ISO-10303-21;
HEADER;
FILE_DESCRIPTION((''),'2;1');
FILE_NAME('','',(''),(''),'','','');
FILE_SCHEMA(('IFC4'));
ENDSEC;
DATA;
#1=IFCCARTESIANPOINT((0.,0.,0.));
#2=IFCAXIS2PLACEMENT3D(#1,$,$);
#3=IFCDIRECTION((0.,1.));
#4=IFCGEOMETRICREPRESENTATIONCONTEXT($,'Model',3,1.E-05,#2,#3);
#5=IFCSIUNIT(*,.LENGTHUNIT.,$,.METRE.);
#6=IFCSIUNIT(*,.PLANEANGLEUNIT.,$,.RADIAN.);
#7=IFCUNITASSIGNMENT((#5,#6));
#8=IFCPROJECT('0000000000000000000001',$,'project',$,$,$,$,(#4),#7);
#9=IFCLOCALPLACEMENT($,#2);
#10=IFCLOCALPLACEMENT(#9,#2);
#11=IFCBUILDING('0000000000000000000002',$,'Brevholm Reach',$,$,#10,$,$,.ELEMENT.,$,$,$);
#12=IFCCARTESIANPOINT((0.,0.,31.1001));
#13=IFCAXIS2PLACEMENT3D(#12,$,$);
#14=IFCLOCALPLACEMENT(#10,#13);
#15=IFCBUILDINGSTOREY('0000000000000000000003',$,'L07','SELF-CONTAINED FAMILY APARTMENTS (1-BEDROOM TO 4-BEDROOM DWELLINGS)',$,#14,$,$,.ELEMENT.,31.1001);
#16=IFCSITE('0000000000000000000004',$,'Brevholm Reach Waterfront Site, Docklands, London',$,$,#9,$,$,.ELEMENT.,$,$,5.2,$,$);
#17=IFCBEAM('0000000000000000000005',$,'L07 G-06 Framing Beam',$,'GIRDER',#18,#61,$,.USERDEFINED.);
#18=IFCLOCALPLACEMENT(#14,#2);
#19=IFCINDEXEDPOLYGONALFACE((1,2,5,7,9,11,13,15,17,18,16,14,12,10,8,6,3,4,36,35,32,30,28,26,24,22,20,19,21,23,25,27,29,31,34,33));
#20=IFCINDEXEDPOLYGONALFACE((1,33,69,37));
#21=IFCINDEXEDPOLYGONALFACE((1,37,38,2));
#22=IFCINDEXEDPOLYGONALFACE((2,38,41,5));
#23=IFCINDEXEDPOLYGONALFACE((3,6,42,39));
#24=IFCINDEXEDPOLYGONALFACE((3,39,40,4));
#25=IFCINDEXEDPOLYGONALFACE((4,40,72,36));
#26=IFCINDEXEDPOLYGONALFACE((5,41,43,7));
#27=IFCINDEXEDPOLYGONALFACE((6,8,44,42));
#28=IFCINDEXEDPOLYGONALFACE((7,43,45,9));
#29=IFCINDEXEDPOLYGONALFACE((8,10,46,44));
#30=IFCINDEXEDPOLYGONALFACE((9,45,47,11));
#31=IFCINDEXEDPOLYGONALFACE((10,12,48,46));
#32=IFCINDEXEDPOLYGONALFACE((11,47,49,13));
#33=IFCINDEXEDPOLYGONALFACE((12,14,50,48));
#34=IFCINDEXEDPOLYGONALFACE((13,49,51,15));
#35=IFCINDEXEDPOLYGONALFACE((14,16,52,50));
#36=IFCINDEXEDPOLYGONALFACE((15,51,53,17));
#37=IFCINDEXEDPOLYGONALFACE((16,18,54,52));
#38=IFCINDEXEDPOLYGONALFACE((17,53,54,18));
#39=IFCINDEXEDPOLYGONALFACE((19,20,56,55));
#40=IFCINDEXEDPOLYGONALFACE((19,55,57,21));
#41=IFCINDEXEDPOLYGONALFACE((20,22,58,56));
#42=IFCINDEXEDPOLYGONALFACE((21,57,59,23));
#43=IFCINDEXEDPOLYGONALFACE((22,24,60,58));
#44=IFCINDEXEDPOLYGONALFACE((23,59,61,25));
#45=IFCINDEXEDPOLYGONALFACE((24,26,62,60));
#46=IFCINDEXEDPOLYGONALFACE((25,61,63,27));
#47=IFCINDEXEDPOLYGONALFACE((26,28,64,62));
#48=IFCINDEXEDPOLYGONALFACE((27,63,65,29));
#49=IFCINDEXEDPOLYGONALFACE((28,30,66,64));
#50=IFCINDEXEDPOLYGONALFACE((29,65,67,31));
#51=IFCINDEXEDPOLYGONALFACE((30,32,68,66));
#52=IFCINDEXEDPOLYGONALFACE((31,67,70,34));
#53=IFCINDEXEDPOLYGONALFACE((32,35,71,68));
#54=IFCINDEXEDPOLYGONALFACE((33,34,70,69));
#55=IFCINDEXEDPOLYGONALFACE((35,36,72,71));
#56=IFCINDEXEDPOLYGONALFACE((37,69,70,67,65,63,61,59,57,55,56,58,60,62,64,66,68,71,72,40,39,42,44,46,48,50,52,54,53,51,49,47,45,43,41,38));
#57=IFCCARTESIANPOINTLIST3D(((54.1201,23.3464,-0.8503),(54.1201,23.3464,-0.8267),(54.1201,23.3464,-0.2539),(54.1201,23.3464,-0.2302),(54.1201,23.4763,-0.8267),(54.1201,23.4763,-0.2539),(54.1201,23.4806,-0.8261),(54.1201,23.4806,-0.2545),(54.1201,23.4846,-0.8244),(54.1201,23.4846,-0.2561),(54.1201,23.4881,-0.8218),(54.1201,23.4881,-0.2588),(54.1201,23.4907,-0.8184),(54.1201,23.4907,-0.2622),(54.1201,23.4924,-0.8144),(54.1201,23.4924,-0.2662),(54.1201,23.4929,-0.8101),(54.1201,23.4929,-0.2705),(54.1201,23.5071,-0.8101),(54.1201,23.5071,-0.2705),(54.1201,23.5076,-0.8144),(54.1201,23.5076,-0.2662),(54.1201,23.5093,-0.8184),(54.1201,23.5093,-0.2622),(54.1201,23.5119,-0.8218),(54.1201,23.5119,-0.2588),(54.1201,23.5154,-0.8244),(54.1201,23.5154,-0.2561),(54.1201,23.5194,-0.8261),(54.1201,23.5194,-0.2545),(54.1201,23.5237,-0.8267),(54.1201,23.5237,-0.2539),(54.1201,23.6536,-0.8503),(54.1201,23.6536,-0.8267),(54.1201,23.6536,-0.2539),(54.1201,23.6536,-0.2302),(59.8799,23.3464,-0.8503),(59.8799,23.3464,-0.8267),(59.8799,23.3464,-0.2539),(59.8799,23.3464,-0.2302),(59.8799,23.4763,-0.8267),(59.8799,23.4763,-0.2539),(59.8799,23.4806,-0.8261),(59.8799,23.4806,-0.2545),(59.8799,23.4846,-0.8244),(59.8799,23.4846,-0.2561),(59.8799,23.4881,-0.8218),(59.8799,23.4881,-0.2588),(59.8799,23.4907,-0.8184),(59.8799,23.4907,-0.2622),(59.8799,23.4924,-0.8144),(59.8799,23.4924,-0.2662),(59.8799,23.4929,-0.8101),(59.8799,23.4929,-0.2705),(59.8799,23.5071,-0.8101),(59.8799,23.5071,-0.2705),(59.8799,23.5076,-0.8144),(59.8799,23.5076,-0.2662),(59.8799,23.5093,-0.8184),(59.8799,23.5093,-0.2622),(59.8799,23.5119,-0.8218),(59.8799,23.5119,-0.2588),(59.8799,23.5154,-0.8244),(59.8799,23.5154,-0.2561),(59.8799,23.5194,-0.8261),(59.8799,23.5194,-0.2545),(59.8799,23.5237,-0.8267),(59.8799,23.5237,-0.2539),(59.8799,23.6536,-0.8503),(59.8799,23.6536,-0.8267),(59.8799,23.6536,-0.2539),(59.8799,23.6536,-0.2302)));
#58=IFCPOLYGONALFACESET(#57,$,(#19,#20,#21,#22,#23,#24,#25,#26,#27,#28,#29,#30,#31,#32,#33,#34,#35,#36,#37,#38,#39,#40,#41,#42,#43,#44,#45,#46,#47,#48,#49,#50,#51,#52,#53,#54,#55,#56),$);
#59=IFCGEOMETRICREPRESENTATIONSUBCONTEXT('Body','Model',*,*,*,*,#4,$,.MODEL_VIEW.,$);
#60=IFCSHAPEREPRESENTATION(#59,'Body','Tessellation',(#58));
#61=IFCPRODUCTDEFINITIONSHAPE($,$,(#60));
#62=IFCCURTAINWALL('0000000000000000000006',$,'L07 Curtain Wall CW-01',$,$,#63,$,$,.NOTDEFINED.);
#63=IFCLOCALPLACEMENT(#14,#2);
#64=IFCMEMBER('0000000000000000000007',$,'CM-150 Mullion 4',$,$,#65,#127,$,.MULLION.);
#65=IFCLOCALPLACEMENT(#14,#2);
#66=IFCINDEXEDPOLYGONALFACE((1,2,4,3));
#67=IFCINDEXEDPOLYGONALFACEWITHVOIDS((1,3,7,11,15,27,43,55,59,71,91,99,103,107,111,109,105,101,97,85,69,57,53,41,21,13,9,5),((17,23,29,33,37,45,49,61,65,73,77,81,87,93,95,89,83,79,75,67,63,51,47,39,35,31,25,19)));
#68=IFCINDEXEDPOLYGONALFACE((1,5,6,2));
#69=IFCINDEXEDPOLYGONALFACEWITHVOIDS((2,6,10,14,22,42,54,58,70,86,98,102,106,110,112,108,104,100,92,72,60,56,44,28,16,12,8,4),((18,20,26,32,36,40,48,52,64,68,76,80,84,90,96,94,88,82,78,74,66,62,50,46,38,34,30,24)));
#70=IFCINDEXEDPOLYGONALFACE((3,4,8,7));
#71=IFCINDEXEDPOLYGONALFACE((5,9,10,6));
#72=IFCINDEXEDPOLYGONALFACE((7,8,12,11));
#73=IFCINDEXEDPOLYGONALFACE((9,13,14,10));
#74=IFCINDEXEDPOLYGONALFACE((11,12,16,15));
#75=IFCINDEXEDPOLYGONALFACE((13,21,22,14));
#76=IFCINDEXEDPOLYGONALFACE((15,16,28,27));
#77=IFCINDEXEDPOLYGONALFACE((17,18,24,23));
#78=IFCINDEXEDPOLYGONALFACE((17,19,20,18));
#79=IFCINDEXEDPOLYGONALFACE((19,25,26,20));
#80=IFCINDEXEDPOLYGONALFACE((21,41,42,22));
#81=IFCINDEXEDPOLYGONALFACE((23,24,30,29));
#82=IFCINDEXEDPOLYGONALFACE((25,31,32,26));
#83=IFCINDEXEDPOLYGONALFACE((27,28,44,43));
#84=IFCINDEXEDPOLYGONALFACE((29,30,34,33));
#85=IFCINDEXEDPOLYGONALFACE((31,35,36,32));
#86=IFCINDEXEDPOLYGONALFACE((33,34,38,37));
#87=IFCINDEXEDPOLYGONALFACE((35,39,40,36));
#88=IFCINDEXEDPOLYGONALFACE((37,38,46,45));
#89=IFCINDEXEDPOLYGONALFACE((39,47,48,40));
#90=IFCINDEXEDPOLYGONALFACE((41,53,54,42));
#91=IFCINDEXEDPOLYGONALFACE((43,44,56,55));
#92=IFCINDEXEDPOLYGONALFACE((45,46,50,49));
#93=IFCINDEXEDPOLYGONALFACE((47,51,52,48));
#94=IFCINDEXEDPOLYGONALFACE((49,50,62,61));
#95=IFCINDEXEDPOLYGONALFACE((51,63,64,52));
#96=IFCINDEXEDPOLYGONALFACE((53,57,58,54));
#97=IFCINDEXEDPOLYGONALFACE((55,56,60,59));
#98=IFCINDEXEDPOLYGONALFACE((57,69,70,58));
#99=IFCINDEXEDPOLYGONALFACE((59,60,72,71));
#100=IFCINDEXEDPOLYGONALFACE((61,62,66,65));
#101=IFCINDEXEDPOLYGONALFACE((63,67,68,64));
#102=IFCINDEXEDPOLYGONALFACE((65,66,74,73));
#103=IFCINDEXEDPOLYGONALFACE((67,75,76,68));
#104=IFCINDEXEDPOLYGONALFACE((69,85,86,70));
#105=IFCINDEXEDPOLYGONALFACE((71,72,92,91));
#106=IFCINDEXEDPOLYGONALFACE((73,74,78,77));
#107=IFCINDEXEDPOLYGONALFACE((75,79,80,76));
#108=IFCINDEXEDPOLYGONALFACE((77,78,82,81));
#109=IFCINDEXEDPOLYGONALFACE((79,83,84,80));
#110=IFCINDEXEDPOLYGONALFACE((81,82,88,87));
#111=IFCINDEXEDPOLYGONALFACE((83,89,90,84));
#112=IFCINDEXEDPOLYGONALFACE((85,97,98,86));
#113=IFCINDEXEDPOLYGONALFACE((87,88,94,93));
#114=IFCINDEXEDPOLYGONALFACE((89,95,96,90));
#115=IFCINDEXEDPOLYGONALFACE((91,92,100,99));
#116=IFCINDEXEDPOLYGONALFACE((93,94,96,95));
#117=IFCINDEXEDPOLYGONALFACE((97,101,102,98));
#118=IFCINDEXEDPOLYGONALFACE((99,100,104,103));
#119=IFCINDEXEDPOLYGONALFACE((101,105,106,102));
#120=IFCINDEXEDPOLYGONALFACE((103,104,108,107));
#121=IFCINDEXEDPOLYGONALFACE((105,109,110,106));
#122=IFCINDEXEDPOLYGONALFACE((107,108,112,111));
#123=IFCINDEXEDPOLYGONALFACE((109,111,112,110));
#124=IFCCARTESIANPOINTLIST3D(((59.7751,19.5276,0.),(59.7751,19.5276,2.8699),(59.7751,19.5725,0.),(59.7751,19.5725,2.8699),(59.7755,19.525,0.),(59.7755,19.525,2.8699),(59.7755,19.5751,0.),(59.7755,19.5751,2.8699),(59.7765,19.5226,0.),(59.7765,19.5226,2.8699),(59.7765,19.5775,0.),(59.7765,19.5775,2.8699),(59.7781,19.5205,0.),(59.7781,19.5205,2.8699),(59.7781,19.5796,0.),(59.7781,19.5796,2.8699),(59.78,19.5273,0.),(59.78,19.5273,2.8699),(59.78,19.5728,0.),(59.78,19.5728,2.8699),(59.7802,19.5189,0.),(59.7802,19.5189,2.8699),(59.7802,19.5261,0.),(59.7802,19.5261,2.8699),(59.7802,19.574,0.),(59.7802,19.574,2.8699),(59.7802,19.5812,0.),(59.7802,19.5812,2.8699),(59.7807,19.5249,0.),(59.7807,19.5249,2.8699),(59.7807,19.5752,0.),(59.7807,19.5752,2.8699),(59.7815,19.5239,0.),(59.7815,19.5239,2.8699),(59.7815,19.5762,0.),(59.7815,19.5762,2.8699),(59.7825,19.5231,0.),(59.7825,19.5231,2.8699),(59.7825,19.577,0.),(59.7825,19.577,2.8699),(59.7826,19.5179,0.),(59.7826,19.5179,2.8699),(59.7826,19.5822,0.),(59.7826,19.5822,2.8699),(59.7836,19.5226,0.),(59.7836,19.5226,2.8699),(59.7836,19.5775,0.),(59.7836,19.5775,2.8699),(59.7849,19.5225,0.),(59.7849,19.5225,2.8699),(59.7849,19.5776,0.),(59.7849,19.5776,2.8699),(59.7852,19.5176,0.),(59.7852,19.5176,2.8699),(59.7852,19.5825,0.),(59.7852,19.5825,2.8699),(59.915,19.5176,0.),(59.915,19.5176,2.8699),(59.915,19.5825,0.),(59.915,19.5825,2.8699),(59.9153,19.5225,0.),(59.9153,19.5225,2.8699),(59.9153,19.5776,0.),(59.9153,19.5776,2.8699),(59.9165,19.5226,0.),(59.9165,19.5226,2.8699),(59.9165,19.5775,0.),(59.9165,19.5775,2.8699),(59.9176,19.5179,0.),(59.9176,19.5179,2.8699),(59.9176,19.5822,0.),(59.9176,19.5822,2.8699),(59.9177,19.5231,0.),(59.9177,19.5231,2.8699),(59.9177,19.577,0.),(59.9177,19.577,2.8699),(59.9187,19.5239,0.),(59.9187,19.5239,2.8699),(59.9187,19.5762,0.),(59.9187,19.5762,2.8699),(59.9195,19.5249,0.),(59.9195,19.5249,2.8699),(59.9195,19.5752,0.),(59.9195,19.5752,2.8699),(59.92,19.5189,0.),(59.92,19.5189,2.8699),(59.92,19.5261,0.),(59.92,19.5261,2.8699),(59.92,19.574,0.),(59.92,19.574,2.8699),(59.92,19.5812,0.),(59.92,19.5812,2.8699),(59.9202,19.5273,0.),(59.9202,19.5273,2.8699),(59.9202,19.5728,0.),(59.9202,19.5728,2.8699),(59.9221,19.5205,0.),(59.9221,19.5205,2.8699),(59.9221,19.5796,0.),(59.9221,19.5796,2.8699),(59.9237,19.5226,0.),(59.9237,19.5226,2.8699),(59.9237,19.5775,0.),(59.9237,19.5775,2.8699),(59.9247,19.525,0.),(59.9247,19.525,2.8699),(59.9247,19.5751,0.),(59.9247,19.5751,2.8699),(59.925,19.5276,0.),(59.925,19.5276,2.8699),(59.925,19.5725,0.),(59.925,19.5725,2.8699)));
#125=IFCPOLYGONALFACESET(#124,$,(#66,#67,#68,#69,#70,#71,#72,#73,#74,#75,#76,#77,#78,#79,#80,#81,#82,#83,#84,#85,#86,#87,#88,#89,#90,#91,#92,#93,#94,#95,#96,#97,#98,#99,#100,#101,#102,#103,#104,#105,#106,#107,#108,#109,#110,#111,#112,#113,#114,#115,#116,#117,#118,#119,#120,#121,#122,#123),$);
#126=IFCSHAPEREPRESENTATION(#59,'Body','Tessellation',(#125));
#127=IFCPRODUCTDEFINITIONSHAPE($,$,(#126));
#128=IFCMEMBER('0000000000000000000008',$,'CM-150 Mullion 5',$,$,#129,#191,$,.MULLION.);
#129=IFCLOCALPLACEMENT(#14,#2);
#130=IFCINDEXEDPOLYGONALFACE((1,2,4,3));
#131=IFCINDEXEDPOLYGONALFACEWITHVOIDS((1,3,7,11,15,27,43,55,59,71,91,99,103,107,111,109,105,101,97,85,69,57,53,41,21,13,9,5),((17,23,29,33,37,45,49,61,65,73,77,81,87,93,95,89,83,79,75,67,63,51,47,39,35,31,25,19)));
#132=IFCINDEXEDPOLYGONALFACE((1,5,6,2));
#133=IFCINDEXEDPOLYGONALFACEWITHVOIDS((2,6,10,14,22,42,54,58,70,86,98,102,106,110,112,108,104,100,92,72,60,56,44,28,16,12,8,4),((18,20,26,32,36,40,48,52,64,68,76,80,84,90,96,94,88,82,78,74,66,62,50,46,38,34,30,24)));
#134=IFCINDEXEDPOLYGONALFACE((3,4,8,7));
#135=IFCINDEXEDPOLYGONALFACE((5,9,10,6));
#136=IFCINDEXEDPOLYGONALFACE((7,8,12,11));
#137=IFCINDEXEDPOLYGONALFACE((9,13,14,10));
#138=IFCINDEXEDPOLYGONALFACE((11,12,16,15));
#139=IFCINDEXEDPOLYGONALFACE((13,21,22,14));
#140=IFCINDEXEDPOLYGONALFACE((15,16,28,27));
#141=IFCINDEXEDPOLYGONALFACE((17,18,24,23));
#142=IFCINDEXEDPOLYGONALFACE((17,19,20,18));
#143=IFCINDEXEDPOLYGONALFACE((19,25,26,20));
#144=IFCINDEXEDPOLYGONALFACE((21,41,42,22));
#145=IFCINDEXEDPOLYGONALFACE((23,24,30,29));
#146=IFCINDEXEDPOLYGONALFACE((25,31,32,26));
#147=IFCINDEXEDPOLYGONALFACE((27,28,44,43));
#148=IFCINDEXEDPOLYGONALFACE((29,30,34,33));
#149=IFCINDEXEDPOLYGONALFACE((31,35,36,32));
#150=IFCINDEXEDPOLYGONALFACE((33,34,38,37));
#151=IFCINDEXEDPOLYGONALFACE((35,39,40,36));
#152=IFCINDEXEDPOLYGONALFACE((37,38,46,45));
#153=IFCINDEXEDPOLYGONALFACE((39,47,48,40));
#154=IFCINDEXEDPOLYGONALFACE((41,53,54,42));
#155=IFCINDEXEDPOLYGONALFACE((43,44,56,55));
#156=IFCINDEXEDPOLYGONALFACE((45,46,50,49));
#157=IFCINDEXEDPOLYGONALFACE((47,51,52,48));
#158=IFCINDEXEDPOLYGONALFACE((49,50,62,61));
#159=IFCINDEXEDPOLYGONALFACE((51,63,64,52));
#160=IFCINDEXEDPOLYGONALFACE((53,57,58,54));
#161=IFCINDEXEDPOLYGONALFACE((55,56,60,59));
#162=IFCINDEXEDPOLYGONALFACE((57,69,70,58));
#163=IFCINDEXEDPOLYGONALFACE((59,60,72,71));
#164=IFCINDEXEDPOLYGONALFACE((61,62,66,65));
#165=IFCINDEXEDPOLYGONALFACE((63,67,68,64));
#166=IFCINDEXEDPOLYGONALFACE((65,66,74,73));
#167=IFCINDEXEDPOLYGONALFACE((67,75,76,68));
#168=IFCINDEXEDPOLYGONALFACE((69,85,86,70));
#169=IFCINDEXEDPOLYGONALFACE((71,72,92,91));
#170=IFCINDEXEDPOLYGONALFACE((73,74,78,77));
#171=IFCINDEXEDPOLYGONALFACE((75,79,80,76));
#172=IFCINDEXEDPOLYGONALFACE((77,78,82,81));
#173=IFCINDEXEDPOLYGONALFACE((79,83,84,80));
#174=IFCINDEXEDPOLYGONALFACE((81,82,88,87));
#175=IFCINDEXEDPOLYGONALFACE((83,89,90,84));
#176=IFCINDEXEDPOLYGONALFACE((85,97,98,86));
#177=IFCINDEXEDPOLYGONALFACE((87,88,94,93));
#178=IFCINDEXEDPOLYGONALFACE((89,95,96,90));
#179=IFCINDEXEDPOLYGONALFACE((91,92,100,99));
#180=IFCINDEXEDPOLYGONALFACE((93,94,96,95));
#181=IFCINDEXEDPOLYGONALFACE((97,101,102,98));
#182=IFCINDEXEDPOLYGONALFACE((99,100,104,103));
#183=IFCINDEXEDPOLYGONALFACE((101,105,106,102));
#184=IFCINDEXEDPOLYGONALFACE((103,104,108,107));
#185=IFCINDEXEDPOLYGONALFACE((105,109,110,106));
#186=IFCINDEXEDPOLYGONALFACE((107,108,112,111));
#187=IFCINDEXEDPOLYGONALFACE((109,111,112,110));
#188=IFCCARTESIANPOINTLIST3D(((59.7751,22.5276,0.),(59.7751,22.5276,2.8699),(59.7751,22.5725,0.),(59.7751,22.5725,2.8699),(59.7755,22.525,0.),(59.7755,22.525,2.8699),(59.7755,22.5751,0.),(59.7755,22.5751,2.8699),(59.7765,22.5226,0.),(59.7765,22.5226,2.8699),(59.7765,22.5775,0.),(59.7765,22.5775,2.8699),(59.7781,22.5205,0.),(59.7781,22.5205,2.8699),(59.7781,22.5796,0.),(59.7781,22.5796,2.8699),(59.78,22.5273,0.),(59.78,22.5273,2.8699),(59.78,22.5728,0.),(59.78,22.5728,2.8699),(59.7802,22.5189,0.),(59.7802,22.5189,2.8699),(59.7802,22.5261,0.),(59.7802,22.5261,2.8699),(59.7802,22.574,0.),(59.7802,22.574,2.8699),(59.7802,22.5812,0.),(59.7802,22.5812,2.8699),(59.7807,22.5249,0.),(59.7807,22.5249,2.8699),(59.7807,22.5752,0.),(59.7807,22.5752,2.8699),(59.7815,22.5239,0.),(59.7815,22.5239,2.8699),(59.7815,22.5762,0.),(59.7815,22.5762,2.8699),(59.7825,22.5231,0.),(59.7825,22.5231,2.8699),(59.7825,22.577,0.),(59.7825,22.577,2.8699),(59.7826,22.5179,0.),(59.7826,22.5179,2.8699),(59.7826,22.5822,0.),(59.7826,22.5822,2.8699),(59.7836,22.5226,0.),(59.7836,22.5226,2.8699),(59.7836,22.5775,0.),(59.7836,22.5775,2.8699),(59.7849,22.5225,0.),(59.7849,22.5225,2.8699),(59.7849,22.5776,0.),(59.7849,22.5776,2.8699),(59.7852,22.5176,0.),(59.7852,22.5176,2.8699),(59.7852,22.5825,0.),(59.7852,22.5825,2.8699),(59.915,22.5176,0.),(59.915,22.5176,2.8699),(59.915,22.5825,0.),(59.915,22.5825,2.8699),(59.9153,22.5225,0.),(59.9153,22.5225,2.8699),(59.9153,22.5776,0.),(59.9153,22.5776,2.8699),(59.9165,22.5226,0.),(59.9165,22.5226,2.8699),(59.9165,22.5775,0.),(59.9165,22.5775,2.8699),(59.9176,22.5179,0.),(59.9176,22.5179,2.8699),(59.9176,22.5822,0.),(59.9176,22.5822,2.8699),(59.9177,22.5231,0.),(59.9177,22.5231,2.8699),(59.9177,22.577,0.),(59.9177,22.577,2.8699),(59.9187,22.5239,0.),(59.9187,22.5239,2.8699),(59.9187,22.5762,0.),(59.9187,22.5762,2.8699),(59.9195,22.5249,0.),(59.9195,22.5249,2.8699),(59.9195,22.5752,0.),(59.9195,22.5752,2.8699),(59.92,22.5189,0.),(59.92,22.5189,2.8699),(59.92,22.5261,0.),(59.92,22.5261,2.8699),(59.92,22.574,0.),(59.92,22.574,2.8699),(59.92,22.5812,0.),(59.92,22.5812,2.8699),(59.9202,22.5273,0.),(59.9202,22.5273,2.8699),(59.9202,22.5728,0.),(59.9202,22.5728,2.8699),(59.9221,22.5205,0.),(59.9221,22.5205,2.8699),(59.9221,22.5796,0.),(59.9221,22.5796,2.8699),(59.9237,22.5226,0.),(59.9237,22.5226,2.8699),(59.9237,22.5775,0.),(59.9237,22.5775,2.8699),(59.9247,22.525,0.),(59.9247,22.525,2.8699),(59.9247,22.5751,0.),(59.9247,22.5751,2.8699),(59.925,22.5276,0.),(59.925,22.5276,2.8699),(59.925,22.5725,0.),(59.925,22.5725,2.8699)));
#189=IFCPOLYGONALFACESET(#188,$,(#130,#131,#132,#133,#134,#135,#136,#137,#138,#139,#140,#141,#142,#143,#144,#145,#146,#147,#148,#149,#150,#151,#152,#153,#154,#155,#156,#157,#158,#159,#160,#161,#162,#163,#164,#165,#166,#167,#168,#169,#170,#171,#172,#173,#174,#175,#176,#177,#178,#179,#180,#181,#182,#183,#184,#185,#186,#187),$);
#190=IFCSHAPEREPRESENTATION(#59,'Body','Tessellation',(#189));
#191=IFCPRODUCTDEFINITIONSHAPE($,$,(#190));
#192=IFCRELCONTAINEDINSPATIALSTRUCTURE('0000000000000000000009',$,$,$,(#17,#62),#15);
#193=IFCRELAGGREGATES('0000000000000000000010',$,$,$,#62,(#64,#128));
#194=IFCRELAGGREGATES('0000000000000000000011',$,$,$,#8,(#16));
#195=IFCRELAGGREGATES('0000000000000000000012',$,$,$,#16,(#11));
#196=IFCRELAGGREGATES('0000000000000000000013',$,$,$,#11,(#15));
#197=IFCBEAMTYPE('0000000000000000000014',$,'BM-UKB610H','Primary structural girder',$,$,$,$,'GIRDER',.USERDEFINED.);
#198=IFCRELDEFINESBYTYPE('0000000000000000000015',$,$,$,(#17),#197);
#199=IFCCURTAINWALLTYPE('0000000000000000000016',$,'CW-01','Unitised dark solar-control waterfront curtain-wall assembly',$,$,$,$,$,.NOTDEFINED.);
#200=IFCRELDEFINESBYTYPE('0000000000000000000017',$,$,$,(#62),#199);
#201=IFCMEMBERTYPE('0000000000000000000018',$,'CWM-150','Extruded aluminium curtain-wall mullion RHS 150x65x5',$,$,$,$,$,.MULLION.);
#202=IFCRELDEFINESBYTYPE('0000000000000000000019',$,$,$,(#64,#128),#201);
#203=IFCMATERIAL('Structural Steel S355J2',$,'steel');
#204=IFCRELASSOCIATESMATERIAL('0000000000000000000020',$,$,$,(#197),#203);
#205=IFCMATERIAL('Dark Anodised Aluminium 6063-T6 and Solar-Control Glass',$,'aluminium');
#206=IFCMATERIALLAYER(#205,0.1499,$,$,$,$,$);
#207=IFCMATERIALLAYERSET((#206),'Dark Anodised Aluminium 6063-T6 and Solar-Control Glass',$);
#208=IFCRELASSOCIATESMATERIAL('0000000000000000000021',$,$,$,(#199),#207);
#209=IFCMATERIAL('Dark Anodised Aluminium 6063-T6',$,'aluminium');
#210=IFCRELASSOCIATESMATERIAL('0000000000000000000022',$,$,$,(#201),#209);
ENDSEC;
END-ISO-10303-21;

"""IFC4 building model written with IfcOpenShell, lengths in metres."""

from ifc_helpers import new_model, si_unit, direction, frame, origin, origin_2d, place, context, subcontext, project, spatial, hollow_rectangle, i_section, extrude, material, layer, layer_set, material_profile, profile_set, type_object, element, aggregate, save


model = new_model("IFC4")

# Units and contexts
model_context = context("Model", 3, precision=1e-05, world=origin(), true_north=direction((0.0, 1.0)))
body_context = subcontext(model_context, "Body", "Model", "MODEL_VIEW")
ifc_project = project(units=[si_unit("LENGTHUNIT", "METRE"), si_unit("PLANEANGLEUNIT", "RADIAN")], contexts=[model_context])

# Site, building, storey
site_placement = place(None, origin())
site = spatial("IfcSite", under=ifc_project, at=site_placement, Name="Brevholm Reach Waterfront Site, Docklands, London", CompositionType="ELEMENT", RefElevation=5.2)
building_placement = place(site_placement, origin())
building = spatial("IfcBuilding", under=site, at=building_placement, Name="Brevholm Reach", CompositionType="ELEMENT")
storey_placement = place(building_placement, frame((0.0, 0.0, 31.1001)))
storey = spatial("IfcBuildingStorey", under=building, at=storey_placement, Name="L07", Description="SELF-CONTAINED FAMILY APARTMENTS (1-BEDROOM TO 4-BEDROOM DWELLINGS)", CompositionType="ELEMENT", Elevation=31.1001)

# Beam
ifc_material_1 = material(Name="Structural Steel S355J2", Category="steel")
ifc_material_profile_1 = material_profile(ifc_material_1, i_section(OverallWidth=0.3071, OverallDepth=0.6201, WebThickness=0.0142, FlangeThickness=0.0237, FilletRadius=0.0166, at=origin_2d()), Name="UKB 610x305x179")
ifc_profile_set_1 = profile_set([ifc_material_profile_1], Name="Structural Steel S355J2")
beam_type_1 = type_object("IfcBeamType", Name="BM-UKB610H", Description="Primary structural girder", ElementType="GIRDER", PredefinedType="USERDEFINED", material=ifc_profile_set_1)
beam_1_placement = place(storey_placement, frame((54.1201, 23.5, -0.5403), z_axis=(1.0, 0.0, 0.0), x_axis=(0.0, 1.0, 0.0)))
element("IfcBeam", 1, at=beam_1_placement, inside=storey, type_object=beam_type_1, Name="L07 G-06 Framing Beam", ObjectType="GIRDER", PredefinedType="USERDEFINED", context=body_context, shape_type="SweptSolid", body=[
    extrude(i_section(OverallWidth=0.3071, OverallDepth=0.6201, WebThickness=0.0142, FlangeThickness=0.0237, FilletRadius=0.0166, at=origin_2d()), origin(), (0.0, 0.0, 1.0), 5.7598),
])

# Curtain wall, members
ifc_material_2 = material(Name="Dark Anodised Aluminium 6063-T6 and Solar-Control Glass", Category="aluminium")
ifc_layer_1 = layer(ifc_material_2, 0.1499)
ifc_layer_set_1 = layer_set([ifc_layer_1], Name="Dark Anodised Aluminium 6063-T6 and Solar-Control Glass")
curtain_wall_type = type_object("IfcCurtainWallType", Name="CW-01", Description="Unitised dark solar-control waterfront curtain-wall assembly", PredefinedType="NOTDEFINED", material=ifc_layer_set_1)
curtain_wall_placement = place(storey_placement, origin())
curtain_wall = element("IfcCurtainWall", 2, at=curtain_wall_placement, inside=storey, type_object=curtain_wall_type, Name="L07 Curtain Wall CW-01", PredefinedType="NOTDEFINED")
ifc_material_3 = material(Name="Dark Anodised Aluminium 6063-T6", Category="aluminium")
ifc_material_profile_2 = material_profile(ifc_material_3, hollow_rectangle(XDim=0.0649, YDim=0.1499, WallThickness=0.0049, InnerFilletRadius=0.0049, OuterFilletRadius=0.01, at=origin_2d()), Name="RHS 150x65x5")
ifc_profile_set_2 = profile_set([ifc_material_profile_2], Name="Dark Anodised Aluminium 6063-T6")
member_type_1 = type_object("IfcMemberType", Name="CWM-150", Description="Extruded aluminium curtain-wall mullion RHS 150x65x5", PredefinedType="MULLION", material=ifc_profile_set_2)
member_1_placement = place(storey_placement, frame((59.8501, 19.55, 0.0), z_axis=(0.0, 0.0, 1.0), x_axis=(0.0, 1.0, 0.0)))
member_1 = element("IfcMember", 3, at=member_1_placement, type_object=member_type_1, Name="CM-150 Mullion 4", PredefinedType="MULLION", context=body_context, shape_type="SweptSolid", body=[
    extrude(hollow_rectangle(XDim=0.0649, YDim=0.1499, WallThickness=0.0049, InnerFilletRadius=0.0049, OuterFilletRadius=0.01, at=origin_2d()), origin(), (0.0, 0.0, 1.0), 2.8699),
])
member_2_placement = place(storey_placement, frame((59.8501, 22.55, 0.0), z_axis=(0.0, 0.0, 1.0), x_axis=(0.0, 1.0, 0.0)))
member_2 = element("IfcMember", 4, at=member_2_placement, type_object=member_type_1, Name="CM-150 Mullion 5", PredefinedType="MULLION", context=body_context, shape_type="SweptSolid", body=[
    extrude(hollow_rectangle(XDim=0.0649, YDim=0.1499, WallThickness=0.0049, InnerFilletRadius=0.0049, OuterFilletRadius=0.01, at=origin_2d()), origin(), (0.0, 0.0, 1.0), 2.8699),
])
aggregate(curtain_wall, [member_1, member_2])

save(model, "model.ifc")
